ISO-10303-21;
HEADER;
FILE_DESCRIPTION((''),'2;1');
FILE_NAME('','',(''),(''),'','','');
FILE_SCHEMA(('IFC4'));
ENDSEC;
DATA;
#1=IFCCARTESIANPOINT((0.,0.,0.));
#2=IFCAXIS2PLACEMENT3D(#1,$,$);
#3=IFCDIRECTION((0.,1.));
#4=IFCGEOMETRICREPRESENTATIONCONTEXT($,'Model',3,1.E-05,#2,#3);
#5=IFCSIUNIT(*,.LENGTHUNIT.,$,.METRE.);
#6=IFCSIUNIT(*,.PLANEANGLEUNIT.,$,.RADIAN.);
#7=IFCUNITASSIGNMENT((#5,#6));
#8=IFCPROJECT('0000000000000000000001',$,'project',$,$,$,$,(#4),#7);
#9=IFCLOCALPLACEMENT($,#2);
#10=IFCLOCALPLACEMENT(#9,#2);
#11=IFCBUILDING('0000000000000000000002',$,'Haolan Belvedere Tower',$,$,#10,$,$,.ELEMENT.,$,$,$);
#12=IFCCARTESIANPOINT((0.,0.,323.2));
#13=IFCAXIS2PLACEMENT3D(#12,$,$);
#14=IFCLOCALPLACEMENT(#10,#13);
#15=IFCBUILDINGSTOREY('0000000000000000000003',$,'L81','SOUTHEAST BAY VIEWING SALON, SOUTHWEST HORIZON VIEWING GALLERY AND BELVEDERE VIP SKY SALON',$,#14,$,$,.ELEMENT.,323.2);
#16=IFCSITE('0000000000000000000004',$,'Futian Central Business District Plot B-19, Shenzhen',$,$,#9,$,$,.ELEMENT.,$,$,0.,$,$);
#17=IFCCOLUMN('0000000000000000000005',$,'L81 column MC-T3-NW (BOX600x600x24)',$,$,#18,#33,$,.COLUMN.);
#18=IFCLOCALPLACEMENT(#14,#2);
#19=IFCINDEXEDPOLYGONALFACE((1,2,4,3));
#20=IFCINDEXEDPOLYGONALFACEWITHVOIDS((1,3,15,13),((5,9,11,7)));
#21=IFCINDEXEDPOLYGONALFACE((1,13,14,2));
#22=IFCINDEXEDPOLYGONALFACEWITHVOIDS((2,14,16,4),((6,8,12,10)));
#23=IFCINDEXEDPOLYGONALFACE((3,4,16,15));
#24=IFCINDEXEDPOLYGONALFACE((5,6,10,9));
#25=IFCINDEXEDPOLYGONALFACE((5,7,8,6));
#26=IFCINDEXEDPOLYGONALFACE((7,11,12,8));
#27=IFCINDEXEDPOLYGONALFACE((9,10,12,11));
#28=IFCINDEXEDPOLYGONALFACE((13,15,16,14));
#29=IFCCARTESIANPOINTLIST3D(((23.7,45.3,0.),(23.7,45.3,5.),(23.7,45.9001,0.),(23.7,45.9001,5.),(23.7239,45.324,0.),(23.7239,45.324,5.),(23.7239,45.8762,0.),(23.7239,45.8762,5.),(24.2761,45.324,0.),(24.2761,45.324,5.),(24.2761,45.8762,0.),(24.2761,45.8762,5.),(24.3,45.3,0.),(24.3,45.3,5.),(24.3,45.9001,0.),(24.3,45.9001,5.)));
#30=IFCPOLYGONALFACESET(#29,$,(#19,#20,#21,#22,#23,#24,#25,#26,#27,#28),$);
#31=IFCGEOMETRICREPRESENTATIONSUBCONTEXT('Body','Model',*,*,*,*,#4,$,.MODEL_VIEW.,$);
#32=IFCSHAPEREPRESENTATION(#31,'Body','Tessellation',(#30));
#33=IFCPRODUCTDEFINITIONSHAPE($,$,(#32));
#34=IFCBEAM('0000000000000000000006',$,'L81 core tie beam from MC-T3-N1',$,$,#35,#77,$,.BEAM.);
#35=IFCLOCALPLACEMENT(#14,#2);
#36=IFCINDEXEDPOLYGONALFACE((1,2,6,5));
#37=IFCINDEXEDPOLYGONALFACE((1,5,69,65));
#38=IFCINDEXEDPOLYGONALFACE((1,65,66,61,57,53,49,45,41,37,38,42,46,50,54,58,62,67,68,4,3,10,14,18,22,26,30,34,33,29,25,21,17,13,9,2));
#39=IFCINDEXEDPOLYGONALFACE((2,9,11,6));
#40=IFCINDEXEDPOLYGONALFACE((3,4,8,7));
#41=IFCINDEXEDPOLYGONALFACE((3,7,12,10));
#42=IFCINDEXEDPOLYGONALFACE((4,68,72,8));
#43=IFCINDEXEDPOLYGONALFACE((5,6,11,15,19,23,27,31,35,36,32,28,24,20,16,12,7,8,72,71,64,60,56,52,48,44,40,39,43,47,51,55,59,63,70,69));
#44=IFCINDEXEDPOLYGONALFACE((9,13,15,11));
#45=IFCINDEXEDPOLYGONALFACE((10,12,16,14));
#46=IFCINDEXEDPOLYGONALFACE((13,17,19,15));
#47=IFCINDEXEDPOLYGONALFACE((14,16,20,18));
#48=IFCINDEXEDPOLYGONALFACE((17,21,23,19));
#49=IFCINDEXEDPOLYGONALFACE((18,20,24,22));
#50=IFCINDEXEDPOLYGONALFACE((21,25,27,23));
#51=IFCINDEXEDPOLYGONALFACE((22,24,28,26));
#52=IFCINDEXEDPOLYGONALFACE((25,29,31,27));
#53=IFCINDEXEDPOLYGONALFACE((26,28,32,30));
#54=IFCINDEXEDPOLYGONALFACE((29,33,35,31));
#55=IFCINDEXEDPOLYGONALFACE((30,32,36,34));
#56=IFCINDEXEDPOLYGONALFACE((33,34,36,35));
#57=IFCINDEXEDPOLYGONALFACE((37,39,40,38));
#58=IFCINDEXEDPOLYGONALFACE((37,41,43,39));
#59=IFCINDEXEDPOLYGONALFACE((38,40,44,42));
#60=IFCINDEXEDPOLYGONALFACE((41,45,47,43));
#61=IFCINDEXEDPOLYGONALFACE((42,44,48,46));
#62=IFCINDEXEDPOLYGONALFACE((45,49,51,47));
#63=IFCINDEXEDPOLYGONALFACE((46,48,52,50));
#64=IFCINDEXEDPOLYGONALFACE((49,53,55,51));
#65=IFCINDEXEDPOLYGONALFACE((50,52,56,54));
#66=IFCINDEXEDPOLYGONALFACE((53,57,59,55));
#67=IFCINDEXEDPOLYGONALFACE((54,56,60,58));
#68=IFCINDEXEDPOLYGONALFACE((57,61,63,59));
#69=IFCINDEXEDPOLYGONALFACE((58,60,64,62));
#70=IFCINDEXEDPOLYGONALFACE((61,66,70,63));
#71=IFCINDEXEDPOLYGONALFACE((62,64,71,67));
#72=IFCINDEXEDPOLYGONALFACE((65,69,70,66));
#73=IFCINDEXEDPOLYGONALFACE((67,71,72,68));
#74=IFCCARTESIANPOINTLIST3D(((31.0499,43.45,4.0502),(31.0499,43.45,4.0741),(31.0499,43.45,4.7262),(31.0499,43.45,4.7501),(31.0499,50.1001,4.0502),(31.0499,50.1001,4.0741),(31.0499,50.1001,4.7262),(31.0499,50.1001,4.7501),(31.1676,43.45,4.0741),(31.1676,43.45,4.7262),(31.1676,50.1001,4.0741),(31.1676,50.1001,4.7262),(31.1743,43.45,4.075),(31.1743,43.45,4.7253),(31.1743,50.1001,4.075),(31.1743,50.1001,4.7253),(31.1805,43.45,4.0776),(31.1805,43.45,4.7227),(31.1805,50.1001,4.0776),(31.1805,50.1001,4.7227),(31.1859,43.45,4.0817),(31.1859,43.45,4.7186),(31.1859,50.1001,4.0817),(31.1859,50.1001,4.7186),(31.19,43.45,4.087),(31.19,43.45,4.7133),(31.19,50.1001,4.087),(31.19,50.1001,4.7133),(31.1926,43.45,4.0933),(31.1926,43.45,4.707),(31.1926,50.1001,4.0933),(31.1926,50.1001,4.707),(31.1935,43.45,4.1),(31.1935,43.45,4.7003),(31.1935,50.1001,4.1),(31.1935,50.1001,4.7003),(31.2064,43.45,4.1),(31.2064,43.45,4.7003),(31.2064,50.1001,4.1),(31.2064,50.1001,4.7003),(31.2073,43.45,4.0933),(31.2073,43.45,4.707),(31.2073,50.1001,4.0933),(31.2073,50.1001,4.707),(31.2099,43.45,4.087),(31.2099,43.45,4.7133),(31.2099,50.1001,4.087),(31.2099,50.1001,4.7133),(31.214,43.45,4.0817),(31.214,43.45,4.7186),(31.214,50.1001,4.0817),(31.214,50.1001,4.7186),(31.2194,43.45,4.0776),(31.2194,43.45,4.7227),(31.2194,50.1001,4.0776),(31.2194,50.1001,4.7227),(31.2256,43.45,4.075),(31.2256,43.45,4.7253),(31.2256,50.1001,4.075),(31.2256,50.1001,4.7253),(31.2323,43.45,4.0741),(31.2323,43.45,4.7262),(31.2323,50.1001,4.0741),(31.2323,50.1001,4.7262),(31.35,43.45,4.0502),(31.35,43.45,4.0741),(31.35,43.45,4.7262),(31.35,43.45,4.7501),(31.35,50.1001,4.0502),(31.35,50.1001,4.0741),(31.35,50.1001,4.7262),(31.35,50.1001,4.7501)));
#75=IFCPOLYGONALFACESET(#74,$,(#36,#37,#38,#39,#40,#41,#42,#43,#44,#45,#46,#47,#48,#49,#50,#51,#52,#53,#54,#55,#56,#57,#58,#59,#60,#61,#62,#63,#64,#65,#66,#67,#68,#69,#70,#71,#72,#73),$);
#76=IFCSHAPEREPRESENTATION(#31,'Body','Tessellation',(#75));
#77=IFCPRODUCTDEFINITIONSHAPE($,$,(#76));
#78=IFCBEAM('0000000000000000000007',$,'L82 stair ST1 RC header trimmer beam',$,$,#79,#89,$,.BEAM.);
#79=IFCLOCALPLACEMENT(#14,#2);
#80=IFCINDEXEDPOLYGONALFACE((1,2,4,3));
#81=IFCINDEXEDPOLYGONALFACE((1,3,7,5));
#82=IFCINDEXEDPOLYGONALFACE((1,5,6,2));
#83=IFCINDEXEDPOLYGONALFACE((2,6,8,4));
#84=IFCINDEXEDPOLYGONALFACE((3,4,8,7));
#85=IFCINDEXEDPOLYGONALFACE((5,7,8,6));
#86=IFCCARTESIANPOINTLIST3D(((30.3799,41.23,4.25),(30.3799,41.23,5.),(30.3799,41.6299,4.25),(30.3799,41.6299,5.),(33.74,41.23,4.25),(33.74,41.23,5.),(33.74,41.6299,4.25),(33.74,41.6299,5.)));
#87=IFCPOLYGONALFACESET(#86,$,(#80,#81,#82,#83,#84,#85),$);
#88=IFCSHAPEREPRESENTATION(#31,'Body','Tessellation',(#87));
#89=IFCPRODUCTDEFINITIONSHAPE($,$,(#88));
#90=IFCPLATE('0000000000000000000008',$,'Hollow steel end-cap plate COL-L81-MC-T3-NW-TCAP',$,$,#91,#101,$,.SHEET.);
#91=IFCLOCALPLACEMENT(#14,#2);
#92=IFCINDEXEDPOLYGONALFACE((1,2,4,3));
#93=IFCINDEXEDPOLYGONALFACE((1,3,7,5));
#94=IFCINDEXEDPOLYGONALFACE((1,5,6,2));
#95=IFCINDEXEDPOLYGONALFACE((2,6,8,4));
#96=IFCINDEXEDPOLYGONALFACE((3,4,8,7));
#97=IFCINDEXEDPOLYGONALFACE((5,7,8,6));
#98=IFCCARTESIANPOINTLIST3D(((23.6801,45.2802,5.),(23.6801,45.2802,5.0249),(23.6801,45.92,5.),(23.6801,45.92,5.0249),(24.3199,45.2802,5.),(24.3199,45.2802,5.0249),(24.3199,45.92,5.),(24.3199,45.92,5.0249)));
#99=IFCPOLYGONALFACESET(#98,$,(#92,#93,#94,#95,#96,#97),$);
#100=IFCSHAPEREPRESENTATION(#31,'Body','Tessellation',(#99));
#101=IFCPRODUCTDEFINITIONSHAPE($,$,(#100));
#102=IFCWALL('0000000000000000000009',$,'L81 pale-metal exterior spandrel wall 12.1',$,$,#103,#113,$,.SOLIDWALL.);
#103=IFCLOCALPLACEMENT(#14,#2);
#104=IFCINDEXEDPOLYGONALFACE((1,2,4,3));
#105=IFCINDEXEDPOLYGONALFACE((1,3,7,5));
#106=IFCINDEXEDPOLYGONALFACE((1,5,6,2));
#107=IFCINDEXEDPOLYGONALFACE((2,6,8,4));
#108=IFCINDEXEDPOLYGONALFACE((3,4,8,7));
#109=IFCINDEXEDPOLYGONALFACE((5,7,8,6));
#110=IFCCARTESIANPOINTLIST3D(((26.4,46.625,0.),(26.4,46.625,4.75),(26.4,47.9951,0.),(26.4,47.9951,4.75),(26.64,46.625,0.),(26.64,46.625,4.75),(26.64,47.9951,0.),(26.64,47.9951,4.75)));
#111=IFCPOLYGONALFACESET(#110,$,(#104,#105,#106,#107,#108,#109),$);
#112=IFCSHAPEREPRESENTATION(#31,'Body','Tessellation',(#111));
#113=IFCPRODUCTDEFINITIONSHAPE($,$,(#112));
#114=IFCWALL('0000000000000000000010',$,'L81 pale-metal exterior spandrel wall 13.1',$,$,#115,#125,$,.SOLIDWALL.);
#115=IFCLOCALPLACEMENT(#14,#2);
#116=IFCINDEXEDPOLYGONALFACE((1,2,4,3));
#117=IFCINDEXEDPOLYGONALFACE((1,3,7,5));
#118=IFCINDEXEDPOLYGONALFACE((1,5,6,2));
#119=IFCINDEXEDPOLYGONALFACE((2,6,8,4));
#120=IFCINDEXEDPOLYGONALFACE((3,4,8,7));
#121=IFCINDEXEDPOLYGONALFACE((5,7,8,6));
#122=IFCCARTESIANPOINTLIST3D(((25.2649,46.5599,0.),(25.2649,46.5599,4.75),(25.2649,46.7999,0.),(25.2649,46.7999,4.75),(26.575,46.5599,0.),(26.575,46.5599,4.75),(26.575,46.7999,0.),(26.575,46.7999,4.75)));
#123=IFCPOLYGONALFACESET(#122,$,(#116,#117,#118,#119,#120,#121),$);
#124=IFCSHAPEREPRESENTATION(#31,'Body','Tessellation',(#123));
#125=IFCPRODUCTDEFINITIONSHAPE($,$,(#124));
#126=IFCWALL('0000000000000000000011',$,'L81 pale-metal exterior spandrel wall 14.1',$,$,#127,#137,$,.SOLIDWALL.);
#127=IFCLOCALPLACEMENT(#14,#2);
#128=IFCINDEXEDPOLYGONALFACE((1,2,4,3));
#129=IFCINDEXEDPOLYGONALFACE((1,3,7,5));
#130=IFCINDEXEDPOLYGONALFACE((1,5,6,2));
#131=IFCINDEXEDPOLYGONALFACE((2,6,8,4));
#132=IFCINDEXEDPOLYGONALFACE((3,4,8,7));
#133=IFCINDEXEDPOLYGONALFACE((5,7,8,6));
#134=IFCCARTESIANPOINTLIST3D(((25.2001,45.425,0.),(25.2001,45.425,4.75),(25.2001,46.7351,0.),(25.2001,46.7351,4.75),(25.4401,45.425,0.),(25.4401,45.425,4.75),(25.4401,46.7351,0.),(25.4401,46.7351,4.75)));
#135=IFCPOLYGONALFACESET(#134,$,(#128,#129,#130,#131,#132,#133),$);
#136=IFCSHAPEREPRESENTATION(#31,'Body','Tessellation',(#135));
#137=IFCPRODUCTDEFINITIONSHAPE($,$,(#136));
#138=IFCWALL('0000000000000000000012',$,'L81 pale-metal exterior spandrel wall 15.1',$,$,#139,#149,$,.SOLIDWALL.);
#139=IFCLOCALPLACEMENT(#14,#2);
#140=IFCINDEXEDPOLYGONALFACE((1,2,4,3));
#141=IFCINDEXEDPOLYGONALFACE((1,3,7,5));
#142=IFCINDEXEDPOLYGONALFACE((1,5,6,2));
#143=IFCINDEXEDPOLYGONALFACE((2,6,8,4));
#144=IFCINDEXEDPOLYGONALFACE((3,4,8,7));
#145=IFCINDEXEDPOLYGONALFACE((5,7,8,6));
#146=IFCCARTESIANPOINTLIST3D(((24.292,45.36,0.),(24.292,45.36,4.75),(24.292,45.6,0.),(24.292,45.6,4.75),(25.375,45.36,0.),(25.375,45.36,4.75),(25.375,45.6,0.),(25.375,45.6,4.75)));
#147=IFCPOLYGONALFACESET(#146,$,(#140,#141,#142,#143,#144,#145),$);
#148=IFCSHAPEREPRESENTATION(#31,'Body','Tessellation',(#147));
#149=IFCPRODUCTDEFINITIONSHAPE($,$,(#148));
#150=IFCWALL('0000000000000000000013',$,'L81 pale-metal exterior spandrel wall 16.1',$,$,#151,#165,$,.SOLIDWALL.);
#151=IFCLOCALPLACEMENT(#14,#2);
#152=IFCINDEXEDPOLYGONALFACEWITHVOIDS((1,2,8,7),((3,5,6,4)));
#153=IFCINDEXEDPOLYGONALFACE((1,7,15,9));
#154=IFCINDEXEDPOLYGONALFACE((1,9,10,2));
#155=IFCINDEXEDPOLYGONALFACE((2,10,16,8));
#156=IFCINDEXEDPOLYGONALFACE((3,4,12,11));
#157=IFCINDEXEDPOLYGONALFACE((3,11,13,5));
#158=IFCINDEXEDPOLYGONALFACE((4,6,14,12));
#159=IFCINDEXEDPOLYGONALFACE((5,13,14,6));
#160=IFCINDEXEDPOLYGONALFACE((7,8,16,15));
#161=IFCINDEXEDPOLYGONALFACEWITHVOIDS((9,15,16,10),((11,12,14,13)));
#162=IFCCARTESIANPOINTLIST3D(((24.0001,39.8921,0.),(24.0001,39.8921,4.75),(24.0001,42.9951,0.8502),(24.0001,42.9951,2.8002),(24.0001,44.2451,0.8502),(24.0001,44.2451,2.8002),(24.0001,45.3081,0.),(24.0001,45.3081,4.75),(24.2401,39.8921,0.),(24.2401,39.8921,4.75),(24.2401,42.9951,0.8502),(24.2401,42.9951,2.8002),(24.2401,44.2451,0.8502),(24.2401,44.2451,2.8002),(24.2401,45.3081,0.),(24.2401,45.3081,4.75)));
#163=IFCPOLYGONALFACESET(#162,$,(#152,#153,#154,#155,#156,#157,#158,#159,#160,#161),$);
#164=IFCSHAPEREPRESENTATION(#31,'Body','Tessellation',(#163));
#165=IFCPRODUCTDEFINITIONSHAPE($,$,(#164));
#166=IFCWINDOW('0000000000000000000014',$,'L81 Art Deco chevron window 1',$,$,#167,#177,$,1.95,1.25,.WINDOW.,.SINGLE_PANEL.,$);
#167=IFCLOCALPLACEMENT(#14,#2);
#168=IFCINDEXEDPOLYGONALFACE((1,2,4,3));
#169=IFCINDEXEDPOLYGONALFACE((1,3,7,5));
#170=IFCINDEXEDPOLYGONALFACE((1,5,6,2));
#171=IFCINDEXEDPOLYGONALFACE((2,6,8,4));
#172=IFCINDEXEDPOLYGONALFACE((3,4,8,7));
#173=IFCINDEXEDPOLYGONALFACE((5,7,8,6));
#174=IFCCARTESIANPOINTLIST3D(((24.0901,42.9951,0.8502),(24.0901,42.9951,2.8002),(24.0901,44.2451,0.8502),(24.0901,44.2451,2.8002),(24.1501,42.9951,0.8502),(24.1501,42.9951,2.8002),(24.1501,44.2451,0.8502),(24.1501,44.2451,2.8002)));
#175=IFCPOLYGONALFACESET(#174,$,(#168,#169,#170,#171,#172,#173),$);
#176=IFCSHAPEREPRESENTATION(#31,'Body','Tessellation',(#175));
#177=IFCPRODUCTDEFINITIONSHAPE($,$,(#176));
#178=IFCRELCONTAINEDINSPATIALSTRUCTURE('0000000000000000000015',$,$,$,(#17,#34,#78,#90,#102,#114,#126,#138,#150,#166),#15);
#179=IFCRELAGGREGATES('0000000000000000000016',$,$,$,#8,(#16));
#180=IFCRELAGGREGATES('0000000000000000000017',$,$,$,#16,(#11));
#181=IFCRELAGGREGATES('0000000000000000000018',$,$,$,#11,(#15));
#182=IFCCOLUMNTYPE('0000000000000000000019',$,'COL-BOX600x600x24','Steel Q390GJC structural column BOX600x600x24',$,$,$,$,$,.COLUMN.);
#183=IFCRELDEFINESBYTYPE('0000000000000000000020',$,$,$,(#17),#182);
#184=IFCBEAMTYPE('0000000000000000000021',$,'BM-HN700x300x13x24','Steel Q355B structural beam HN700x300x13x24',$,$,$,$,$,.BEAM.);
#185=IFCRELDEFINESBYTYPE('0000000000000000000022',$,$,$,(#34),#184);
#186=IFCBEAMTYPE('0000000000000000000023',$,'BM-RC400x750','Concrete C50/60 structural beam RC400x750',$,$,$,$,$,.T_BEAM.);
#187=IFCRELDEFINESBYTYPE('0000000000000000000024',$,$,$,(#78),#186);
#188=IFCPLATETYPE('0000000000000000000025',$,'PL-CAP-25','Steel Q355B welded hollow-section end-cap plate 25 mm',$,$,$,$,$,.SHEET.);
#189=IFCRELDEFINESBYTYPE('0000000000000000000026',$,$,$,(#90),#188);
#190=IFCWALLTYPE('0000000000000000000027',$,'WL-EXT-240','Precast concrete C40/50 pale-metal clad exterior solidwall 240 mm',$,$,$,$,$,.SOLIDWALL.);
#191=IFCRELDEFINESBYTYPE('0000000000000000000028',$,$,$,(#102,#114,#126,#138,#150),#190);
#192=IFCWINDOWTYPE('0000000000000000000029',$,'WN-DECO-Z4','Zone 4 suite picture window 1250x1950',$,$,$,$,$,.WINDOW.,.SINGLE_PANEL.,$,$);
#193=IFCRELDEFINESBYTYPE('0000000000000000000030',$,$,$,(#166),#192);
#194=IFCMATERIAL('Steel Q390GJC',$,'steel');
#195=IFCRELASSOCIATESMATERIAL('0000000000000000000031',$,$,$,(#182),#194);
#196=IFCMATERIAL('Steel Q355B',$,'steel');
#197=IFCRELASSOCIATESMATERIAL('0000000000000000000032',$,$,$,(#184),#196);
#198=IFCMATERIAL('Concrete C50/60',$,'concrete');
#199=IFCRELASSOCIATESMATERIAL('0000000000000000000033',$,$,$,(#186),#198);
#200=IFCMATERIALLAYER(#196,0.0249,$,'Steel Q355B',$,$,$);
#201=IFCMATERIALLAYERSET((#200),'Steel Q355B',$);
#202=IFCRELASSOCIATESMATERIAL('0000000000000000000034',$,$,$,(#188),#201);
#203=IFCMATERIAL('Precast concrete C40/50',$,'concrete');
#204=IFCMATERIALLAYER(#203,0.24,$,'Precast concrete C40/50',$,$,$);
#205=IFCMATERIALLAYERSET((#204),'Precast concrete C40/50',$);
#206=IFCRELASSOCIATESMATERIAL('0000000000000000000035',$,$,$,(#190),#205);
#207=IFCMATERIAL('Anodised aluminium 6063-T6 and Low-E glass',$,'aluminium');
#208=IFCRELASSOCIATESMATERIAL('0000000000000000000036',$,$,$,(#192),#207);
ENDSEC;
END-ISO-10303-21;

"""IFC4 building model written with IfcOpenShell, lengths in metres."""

from ifc_helpers import new_model, si_unit, direction, frame, frame_2d, origin, origin_2d, place, context, subcontext, project, spatial, rectangle, hollow_rectangle, i_section, extrude, material, layer, layer_set, material_profile, profile_set, type_object, element, fill, save


model = new_model("IFC4")

# Units and contexts
model_context = context("Model", 3, precision=1e-05, world=origin(), true_north=direction((0.0, 1.0)))
body_context = subcontext(model_context, "Body", "Model", "MODEL_VIEW")
ifc_project = project(units=[si_unit("LENGTHUNIT", "METRE"), si_unit("PLANEANGLEUNIT", "RADIAN")], contexts=[model_context])

# Site, building, storey
site_placement = place(None, origin())
site = spatial("IfcSite", under=ifc_project, at=site_placement, Name="Futian Central Business District Plot B-19, Shenzhen", CompositionType="ELEMENT", RefElevation=0.0)
building_placement = place(site_placement, origin())
building = spatial("IfcBuilding", under=site, at=building_placement, Name="Haolan Belvedere Tower", CompositionType="ELEMENT")
storey_placement = place(building_placement, frame((0.0, 0.0, 323.2)))
storey = spatial("IfcBuildingStorey", under=building, at=storey_placement, Name="L81", Description="SOUTHEAST BAY VIEWING SALON, SOUTHWEST HORIZON VIEWING GALLERY AND BELVEDERE VIP SKY SALON", CompositionType="ELEMENT", Elevation=323.2)

# Column
ifc_material_1 = material(Name="Steel Q390GJC", Category="steel")
ifc_material_profile_1 = material_profile(ifc_material_1, hollow_rectangle(XDim=0.6001, YDim=0.6001, WallThickness=0.0239, at=origin_2d()), Name="Steel Q390GJC")
ifc_profile_set_1 = profile_set([ifc_material_profile_1], Name="Steel Q390GJC")
column_type = type_object("IfcColumnType", Name="COL-BOX600x600x24", Description="Steel Q390GJC structural column BOX600x600x24", PredefinedType="COLUMN", material=ifc_profile_set_1)
column_placement = place(storey_placement, frame((24.0, 45.6001, 0.0), z_axis=(0.0, 0.0, 1.0), x_axis=(1.0, 0.0, 0.0)))
element("IfcColumn", 1, at=column_placement, inside=storey, type_object=column_type, Name="L81 column MC-T3-NW (BOX600x600x24)", PredefinedType="COLUMN", context=body_context, shape_type="SweptSolid", body=[
    extrude(hollow_rectangle(XDim=0.6001, YDim=0.6001, WallThickness=0.0239, at=origin_2d()), origin(), (0.0, 0.0, 1.0), 5.0),
])

# Beams
ifc_material_2 = material(Name="Steel Q355B", Category="steel")
ifc_material_profile_2 = material_profile(ifc_material_2, i_section(OverallWidth=0.3, OverallDepth=0.7, WebThickness=0.0129, FlangeThickness=0.0239, FilletRadius=0.0259, at=origin_2d()), Name="Steel Q355B")
ifc_profile_set_2 = profile_set([ifc_material_profile_2], Name="Steel Q355B")
beam_type_1 = type_object("IfcBeamType", Name="BM-HN700x300x13x24", Description="Steel Q355B structural beam HN700x300x13x24", PredefinedType="BEAM", material=ifc_profile_set_2)
beam_1_placement = place(storey_placement, frame((31.2, 50.1001, 4.4001), z_axis=(0.0, -1.0, 0.0), x_axis=(1.0, 0.0, 0.0)))
element("IfcBeam", 2, at=beam_1_placement, inside=storey, type_object=beam_type_1, Name="L81 core tie beam from MC-T3-N1", PredefinedType="BEAM", context=body_context, shape_type="SweptSolid", body=[
    extrude(i_section(OverallWidth=0.3, OverallDepth=0.7, WebThickness=0.0129, FlangeThickness=0.0239, FilletRadius=0.0259, at=origin_2d()), origin(), (0.0, 0.0, 1.0), 6.6501),
])
ifc_material_3 = material(Name="Concrete C50/60", Category="concrete")
ifc_material_profile_3 = material_profile(ifc_material_3, rectangle(XDim=0.3999, YDim=0.75, at=origin_2d()), Name="Concrete C50/60")
ifc_profile_set_3 = profile_set([ifc_material_profile_3], Name="Concrete C50/60")
beam_type_2 = type_object("IfcBeamType", Name="BM-RC400x750", Description="Concrete C50/60 structural beam RC400x750", PredefinedType="T_BEAM", material=ifc_profile_set_3)
beam_2_placement = place(storey_placement, frame((30.3799, 41.4299, 4.625), z_axis=(1.0, 0.0, 0.0), x_axis=(0.0, 1.0, 0.0)))
element("IfcBeam", 3, at=beam_2_placement, inside=storey, type_object=beam_type_2, Name="L82 stair ST1 RC header trimmer beam", PredefinedType="BEAM", context=body_context, shape_type="SweptSolid", body=[
    extrude(rectangle(XDim=0.3999, YDim=0.75, at=origin_2d()), origin(), (0.0, 0.0, 1.0), 3.3601),
])

# Plate
ifc_layer_1 = layer(ifc_material_2, 0.0249, Name="Steel Q355B")
ifc_layer_set_1 = layer_set([ifc_layer_1], Name="Steel Q355B")
plate_type = type_object("IfcPlateType", Name="PL-CAP-25", Description="Steel Q355B welded hollow-section end-cap plate 25 mm", PredefinedType="SHEET", material=ifc_layer_set_1)
plate_placement = place(storey_placement, frame((24.0, 45.6001, 5.0), z_axis=(0.0, 0.0, 1.0), x_axis=(1.0, 0.0, 0.0)))
element("IfcPlate", 4, at=plate_placement, inside=storey, type_object=plate_type, Name="Hollow steel end-cap plate COL-L81-MC-T3-NW-TCAP", PredefinedType="SHEET", context=body_context, shape_type="SweptSolid", body=[
    extrude(rectangle(XDim=0.6399, YDim=0.6399, at=origin_2d()), origin(), (0.0, 0.0, 1.0), 0.0249),
])

# Walls
ifc_material_4 = material(Name="Precast concrete C40/50", Category="concrete")
ifc_layer_2 = layer(ifc_material_4, 0.24, Name="Precast concrete C40/50")
ifc_layer_set_2 = layer_set([ifc_layer_2], Name="Precast concrete C40/50")
wall_type_1 = type_object("IfcWallType", Name="WL-EXT-240", Description="Precast concrete C40/50 pale-metal clad exterior solidwall 240 mm", PredefinedType="SOLIDWALL", material=ifc_layer_set_2)
wall_1_placement = place(storey_placement, frame((26.52, 47.9951, 0.0), z_axis=(0.0, 0.0, 1.0), x_axis=(0.0, -1.0, 0.0)))
element("IfcWall", 5, at=wall_1_placement, inside=storey, type_object=wall_type_1, Name="L81 pale-metal exterior spandrel wall 12.1", PredefinedType="SOLIDWALL", context=body_context, shape_type="SweptSolid", body=[
    extrude(rectangle(XDim=1.3701, YDim=0.24, at=frame_2d((0.6851, 0.0))), origin(), (0.0, 0.0, 1.0), 4.75),
])
for number, where, z_axis, x_axis, name in (
    (6, (26.575, 46.6799, 0.0), (0.0, 0.0, 1.0), (-1.0, 0.0, 0.0), "L81 pale-metal exterior spandrel wall 13.1"),
    (7, (25.3201, 46.7351, 0.0), (0.0, 0.0, 1.0), (0.0, -1.0, 0.0), "L81 pale-metal exterior spandrel wall 14.1"),
):
    element("IfcWall", number, at=place(storey_placement, frame(where, z_axis=z_axis, x_axis=x_axis)), inside=storey, type_object=wall_type_1, Name=name, PredefinedType="SOLIDWALL", context=body_context, shape_type="SweptSolid", body=[
        extrude(rectangle(XDim=1.3101, YDim=0.24, at=frame_2d((0.655, 0.0))), origin(), (0.0, 0.0, 1.0), 4.75),
    ])
wall_2_placement = place(storey_placement, frame((25.375, 45.48, 0.0), z_axis=(0.0, 0.0, 1.0), x_axis=(-1.0, 0.0, 0.0)))
element("IfcWall", 8, at=wall_2_placement, inside=storey, type_object=wall_type_1, Name="L81 pale-metal exterior spandrel wall 15.1", PredefinedType="SOLIDWALL", context=body_context, shape_type="SweptSolid", body=[
    extrude(rectangle(XDim=1.083, YDim=0.24, at=frame_2d((0.5415, 0.0))), origin(), (0.0, 0.0, 1.0), 4.75),
])

# Wall, opening, window
wall_3_placement = place(storey_placement, frame((24.1201, 45.3081, 0.0), z_axis=(0.0, 0.0, 1.0), x_axis=(0.0, -1.0, 0.0)))
wall_3 = element("IfcWall", 9, at=wall_3_placement, inside=storey, type_object=wall_type_1, Name="L81 pale-metal exterior spandrel wall 16.1", PredefinedType="SOLIDWALL", context=body_context, shape_type="SweptSolid", body=[
    extrude(rectangle(XDim=5.416, YDim=0.24, at=frame_2d((2.708, 0.0))), origin(), (0.0, 0.0, 1.0), 4.75),
])
opening_1_placement = place(wall_3_placement, frame((1.063, 0.0, 0.8501)))
opening_1 = element("IfcOpeningElement", 10, at=opening_1_placement, cuts=wall_3, PredefinedType="OPENING", context=body_context, shape_type="SweptSolid", body=[
    extrude(rectangle(XDim=1.25, YDim=1.95, at=frame_2d((0.625, 0.9751))), frame((0.0, 0.1299, 0.0), z_axis=(0.0, -1.0, 0.0), x_axis=(1.0, 0.0, 0.0)), (0.0, 0.0, 1.0), 0.26),
])
ifc_material_5 = material(Name="Anodised aluminium 6063-T6 and Low-E glass", Category="aluminium")
window_type = type_object("IfcWindowType", Name="WN-DECO-Z4", Description="Zone 4 suite picture window 1250x1950", PartitioningType="SINGLE_PANEL", PredefinedType="WINDOW", material=ifc_material_5)
window_placement = place(opening_1_placement, origin())
window = element("IfcWindow", 11, at=window_placement, inside=storey, type_object=window_type, Name="L81 Art Deco chevron window 1", OverallHeight=1.95, OverallWidth=1.25, PartitioningType="SINGLE_PANEL", PredefinedType="WINDOW", context=body_context, shape_type="SweptSolid", body=[
    extrude(rectangle(XDim=1.25, YDim=1.95, at=frame_2d((0.625, 0.9751))), frame((0.0, 0.03, 0.0), z_axis=(0.0, -1.0, 0.0), x_axis=(1.0, 0.0, 0.0)), (0.0, 0.0, 1.0), 0.0601),
])
fill(opening_1, window)

save(model, "model.ifc")
